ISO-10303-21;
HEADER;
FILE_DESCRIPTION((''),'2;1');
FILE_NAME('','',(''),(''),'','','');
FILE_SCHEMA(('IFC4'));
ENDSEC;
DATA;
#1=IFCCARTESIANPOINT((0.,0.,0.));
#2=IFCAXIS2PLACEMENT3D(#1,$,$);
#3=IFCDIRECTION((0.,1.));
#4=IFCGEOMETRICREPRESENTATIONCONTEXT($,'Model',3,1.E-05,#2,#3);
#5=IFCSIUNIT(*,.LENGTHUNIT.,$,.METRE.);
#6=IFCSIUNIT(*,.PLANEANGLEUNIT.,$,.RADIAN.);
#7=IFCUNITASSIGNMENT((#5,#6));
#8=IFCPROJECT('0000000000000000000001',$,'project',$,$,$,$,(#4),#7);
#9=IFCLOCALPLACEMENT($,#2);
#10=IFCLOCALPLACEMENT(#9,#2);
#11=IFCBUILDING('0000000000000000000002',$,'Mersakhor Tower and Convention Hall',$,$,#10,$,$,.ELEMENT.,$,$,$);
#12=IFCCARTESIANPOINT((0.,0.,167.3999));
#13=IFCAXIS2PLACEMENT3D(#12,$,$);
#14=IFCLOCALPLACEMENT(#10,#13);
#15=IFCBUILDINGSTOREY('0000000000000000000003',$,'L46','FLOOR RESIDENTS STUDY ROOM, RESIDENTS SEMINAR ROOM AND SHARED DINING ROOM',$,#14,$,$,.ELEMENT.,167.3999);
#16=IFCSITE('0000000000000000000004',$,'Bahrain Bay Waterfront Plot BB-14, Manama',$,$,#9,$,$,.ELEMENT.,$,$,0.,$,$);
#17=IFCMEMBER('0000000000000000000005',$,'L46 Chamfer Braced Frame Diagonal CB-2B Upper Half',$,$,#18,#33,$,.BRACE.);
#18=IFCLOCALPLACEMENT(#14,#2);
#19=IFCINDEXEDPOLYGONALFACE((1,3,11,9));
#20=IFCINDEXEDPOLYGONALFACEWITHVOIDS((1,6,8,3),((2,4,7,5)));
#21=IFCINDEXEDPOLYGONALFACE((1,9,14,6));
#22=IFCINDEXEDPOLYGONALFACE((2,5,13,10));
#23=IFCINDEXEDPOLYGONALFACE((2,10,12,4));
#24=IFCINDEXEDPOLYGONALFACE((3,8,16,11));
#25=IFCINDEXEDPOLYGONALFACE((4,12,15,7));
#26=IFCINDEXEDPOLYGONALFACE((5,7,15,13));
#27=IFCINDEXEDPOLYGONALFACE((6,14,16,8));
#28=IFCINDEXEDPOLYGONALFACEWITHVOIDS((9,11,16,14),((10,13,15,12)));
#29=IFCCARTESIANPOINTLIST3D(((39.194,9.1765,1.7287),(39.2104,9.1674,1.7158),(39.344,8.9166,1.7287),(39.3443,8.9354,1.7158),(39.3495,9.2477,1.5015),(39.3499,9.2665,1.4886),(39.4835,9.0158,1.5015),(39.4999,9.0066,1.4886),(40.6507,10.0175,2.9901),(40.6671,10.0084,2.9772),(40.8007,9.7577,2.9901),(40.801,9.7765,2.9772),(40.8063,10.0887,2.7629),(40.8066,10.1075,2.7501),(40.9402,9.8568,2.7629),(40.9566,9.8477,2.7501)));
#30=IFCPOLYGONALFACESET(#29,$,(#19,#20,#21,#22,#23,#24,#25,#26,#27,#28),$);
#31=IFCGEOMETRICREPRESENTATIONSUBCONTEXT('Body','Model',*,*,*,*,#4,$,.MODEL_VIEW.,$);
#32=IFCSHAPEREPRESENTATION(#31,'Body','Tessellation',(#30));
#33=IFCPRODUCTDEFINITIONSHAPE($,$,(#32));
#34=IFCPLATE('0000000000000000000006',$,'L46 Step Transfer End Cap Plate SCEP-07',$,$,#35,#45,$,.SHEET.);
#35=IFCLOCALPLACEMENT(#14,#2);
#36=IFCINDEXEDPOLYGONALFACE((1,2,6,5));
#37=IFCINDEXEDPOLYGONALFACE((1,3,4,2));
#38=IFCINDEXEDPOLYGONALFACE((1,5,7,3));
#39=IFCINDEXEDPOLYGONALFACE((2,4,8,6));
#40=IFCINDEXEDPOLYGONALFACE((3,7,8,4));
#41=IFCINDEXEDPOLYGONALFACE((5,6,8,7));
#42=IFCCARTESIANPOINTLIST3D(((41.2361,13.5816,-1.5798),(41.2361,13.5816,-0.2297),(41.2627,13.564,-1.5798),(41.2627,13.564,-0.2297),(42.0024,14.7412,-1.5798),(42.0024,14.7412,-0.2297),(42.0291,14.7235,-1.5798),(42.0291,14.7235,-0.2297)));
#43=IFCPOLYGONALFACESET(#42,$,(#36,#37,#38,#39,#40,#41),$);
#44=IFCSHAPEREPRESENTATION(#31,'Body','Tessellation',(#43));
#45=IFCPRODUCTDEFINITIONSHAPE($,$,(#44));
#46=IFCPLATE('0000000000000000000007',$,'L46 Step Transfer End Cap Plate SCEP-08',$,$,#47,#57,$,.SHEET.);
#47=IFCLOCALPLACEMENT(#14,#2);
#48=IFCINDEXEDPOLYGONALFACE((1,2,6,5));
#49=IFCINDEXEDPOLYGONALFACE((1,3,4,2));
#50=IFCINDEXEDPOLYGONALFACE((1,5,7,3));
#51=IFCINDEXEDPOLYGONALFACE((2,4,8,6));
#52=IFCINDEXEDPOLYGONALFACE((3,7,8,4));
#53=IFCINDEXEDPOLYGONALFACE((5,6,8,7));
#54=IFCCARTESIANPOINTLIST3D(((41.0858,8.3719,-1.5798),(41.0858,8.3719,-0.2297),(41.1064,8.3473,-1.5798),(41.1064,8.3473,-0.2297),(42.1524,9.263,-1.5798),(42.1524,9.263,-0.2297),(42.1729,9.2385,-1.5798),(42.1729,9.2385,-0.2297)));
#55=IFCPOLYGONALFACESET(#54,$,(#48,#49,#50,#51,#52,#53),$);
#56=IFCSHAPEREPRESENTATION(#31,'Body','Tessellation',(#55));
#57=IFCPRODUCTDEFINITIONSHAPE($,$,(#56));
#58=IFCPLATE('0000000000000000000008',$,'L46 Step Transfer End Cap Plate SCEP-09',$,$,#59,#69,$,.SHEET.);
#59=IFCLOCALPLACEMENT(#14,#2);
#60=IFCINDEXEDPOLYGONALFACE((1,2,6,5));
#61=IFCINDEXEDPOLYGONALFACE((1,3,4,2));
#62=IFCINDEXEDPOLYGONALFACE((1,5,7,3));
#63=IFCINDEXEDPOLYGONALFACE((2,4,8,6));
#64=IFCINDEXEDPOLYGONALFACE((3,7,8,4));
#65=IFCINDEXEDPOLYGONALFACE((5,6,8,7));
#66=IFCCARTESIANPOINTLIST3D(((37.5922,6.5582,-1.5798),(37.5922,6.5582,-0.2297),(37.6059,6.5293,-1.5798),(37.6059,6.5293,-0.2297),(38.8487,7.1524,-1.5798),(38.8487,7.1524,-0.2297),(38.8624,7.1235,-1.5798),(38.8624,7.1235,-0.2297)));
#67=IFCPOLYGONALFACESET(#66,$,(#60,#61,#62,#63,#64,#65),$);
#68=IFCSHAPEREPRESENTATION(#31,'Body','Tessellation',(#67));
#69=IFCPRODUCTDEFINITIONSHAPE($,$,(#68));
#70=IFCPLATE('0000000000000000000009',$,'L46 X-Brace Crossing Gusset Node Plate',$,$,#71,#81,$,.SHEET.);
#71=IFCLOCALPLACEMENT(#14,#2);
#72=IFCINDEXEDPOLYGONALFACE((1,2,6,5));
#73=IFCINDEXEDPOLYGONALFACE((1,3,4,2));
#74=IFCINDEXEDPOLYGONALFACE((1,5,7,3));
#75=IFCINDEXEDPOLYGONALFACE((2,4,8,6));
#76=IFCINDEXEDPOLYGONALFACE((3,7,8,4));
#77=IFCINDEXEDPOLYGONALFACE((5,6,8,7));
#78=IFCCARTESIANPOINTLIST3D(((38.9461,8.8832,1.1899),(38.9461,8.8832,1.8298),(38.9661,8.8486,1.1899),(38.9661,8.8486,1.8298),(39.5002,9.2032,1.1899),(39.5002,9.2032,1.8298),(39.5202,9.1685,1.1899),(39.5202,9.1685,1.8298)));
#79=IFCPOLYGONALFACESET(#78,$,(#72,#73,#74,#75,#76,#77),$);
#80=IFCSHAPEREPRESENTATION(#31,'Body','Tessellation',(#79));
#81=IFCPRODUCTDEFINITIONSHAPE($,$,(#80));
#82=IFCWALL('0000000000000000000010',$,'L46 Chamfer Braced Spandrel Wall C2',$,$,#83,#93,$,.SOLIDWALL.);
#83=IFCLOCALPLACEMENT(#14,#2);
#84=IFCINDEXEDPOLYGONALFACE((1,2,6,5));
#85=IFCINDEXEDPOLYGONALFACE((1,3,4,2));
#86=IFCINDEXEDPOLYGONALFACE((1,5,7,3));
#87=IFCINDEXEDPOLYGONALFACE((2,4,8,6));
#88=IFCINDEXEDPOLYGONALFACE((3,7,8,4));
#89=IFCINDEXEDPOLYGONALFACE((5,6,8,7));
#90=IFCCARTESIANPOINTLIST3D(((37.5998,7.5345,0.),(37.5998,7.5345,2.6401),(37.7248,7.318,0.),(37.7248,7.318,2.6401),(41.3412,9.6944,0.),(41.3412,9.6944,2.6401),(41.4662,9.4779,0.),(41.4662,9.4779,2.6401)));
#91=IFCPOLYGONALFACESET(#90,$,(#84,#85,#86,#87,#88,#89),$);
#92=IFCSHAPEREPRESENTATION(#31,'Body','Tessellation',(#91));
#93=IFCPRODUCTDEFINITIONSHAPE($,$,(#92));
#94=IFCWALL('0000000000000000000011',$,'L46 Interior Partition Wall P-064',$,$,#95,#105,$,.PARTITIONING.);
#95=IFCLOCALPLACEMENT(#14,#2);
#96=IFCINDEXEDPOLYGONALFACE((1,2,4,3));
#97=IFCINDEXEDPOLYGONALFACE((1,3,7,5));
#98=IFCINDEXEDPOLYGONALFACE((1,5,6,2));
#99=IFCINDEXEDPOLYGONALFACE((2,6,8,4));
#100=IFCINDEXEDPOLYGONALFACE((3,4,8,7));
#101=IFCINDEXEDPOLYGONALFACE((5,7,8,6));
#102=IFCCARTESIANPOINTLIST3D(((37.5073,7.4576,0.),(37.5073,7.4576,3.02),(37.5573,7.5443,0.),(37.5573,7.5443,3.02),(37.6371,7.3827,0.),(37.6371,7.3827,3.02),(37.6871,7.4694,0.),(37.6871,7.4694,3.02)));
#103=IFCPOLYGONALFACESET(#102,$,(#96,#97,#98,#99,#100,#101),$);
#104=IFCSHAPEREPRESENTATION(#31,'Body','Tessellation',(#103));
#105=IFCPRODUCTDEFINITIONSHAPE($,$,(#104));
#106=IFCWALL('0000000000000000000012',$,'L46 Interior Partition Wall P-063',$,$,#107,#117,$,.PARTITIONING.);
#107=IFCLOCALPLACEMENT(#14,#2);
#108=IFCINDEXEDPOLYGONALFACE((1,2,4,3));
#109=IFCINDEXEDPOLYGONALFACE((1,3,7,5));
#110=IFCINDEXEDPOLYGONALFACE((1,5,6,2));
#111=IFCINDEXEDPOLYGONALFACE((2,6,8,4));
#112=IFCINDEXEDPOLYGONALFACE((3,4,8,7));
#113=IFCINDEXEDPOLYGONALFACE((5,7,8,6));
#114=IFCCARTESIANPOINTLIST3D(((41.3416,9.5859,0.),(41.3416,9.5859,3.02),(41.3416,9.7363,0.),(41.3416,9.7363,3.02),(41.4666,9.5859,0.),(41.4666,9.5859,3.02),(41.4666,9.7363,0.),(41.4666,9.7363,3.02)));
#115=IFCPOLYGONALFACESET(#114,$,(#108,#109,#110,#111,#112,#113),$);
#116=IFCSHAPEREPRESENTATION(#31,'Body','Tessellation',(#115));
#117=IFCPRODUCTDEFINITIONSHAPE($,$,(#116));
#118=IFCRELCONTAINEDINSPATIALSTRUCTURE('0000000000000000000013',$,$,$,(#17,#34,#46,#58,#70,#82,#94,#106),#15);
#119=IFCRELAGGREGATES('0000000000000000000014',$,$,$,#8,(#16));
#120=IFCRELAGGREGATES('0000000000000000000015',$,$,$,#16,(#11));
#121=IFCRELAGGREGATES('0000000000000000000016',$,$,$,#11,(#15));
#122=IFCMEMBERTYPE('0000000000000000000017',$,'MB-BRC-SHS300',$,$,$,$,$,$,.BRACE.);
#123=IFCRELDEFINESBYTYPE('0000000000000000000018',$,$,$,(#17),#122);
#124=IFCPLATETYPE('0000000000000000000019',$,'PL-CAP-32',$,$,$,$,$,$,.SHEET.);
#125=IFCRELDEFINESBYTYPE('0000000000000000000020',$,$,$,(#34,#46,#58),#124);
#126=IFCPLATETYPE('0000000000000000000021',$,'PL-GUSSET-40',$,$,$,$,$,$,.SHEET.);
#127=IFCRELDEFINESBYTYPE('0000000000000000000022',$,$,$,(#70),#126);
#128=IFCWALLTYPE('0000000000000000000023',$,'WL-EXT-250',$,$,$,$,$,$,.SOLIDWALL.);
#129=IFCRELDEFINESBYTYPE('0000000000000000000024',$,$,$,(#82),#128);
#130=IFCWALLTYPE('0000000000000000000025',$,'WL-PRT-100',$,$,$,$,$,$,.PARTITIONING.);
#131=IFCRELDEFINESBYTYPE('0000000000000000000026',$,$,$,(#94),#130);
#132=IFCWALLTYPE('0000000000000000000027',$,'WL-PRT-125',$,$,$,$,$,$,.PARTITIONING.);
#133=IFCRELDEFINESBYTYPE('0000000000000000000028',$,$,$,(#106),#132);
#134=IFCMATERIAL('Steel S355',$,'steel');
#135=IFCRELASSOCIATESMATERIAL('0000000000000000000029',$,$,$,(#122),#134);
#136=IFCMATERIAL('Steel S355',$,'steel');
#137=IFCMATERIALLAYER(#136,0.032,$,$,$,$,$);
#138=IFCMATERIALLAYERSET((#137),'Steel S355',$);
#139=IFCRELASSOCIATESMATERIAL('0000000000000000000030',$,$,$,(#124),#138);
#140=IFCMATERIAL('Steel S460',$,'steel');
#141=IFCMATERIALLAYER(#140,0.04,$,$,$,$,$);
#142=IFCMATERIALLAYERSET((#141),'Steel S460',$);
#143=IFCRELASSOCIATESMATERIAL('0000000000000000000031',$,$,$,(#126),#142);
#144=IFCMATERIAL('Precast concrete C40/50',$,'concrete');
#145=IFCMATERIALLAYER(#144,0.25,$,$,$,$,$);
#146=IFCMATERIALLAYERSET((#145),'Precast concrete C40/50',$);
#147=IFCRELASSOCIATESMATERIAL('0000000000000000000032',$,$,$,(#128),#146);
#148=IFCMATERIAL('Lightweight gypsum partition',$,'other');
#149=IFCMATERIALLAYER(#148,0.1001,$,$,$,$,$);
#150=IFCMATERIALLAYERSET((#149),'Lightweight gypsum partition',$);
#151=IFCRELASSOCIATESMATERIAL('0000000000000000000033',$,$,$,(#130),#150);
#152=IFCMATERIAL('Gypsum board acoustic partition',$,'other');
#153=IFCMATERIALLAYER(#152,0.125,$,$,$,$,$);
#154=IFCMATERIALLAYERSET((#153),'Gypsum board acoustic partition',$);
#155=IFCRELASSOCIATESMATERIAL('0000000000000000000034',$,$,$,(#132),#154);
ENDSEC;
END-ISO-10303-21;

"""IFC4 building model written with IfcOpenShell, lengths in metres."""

from ifc_helpers import new_model, si_unit, direction, frame, frame_2d, origin, origin_2d, place, context, subcontext, project, spatial, rectangle, hollow_rectangle, extrude, material, layer, layer_set, material_profile, profile_set, type_object, element, save


model = new_model("IFC4")

# Units and contexts
model_context = context("Model", 3, precision=1e-05, world=origin(), true_north=direction((0.0, 1.0)))
body_context = subcontext(model_context, "Body", "Model", "MODEL_VIEW")
ifc_project = project(units=[si_unit("LENGTHUNIT", "METRE"), si_unit("PLANEANGLEUNIT", "RADIAN")], contexts=[model_context])

# Site, building, storey
site_placement = place(None, origin())
site = spatial("IfcSite", under=ifc_project, at=site_placement, Name="Bahrain Bay Waterfront Plot BB-14, Manama", CompositionType="ELEMENT", RefElevation=0.0)
building_placement = place(site_placement, origin())
building = spatial("IfcBuilding", under=site, at=building_placement, Name="Mersakhor Tower and Convention Hall", CompositionType="ELEMENT")
storey_placement = place(building_placement, frame((0.0, 0.0, 167.3999)))
storey = spatial("IfcBuildingStorey", under=building, at=storey_placement, Name="L46", Description="FLOOR RESIDENTS STUDY ROOM, RESIDENTS SEMINAR ROOM AND SHARED DINING ROOM", CompositionType="ELEMENT", Elevation=167.3999)

# Member
ifc_material_1 = material(Name="Steel S355", Category="steel")
ifc_material_profile_1 = material_profile(ifc_material_1, hollow_rectangle(XDim=0.3, YDim=0.3, WallThickness=0.0161, at=origin_2d()), Name="SHS 300x300x16")
ifc_profile_set_1 = profile_set([ifc_material_profile_1], Name="Steel S355")
member_type = type_object("IfcMemberType", Name="MB-BRC-SHS300", PredefinedType="BRACE", material=ifc_profile_set_1)
member_1_placement = place(storey_placement, frame((39.3469, 9.0916, 1.6086), z_axis=(0.69285, 0.400011, 0.599959), x_axis=(-0.499995, 0.866028, 0.0)))
element("IfcMember", 1, at=member_1_placement, inside=storey, type_object=member_type, Name="L46 Chamfer Braced Frame Diagonal CB-2B Upper Half", PredefinedType="BRACE", context=body_context, shape_type="SweptSolid", body=[
    extrude(hollow_rectangle(XDim=0.3, YDim=0.3, WallThickness=0.0161, at=origin_2d()), origin(), (0.0, 0.0, 1.0), 2.1025),
])

# Plates
ifc_material_2 = material(Name="Steel S355", Category="steel")
ifc_layer_1 = layer(ifc_material_2, 0.032)
ifc_layer_set_1 = layer_set([ifc_layer_1], Name="Steel S355")
plate_type_1 = type_object("IfcPlateType", Name="PL-CAP-32", PredefinedType="SHEET", material=ifc_layer_set_1)
for number, where, z_axis, x_axis, name in (
    (2, (41.6326, 14.1526, -1.5798), (0.0, 0.0, 1.0), (-0.834271, 0.551355, 0.0), "L46 Step Transfer End Cap Plate SCEP-07"),
    (3, (41.6294, 8.8052, -1.5798), (0.0, 0.0, 1.0), (-0.641182, 0.767389, 0.0), "L46 Step Transfer End Cap Plate SCEP-08"),
    (4, (38.2273, 6.8408, -1.5798), (0.0, 0.0, 1.0), (-0.427516, 0.904008, 0.0), "L46 Step Transfer End Cap Plate SCEP-09"),
):
    element("IfcPlate", number, at=place(storey_placement, frame(where, z_axis=z_axis, x_axis=x_axis)), inside=storey, type_object=plate_type_1, Name=name, PredefinedType="SHEET", context=body_context, shape_type="SweptSolid", body=[
        extrude(rectangle(XDim=0.032, YDim=1.3899, at=origin_2d()), origin(), (0.0, 0.0, 1.0), 1.3501),
    ])
ifc_material_3 = material(Name="Steel S460", Category="steel")
ifc_layer_2 = layer(ifc_material_3, 0.04)
ifc_layer_set_2 = layer_set([ifc_layer_2], Name="Steel S460")
plate_type_2 = type_object("IfcPlateType", Name="PL-GUSSET-40", PredefinedType="SHEET", material=ifc_layer_set_2)
plate_placement = place(storey_placement, frame((39.2332, 9.0259, 1.1899), z_axis=(0.0, 0.0, 1.0), x_axis=(0.866025, 0.5, 0.0)))
element("IfcPlate", 5, at=plate_placement, inside=storey, type_object=plate_type_2, Name="L46 X-Brace Crossing Gusset Node Plate", PredefinedType="SHEET", context=body_context, shape_type="SweptSolid", body=[
    extrude(rectangle(XDim=0.6399, YDim=0.04, at=origin_2d()), origin(), (0.0, 0.0, 1.0), 0.6399),
])

# Walls
ifc_material_4 = material(Name="Precast concrete C40/50", Category="concrete")
ifc_layer_3 = layer(ifc_material_4, 0.25)
ifc_layer_set_3 = layer_set([ifc_layer_3], Name="Precast concrete C40/50")
wall_type_1 = type_object("IfcWallType", Name="WL-EXT-250", PredefinedType="SOLIDWALL", material=ifc_layer_set_3)
wall_1_placement = place(storey_placement, frame((41.4038, 9.5862, 0.0), z_axis=(0.0, 0.0, 1.0), x_axis=(-0.866047, -0.499962, 0.0)))
element("IfcWall", 6, at=wall_1_placement, inside=storey, type_object=wall_type_1, Name="L46 Chamfer Braced Spandrel Wall C2", PredefinedType="SOLIDWALL", context=body_context, shape_type="SweptSolid", body=[
    extrude(rectangle(XDim=4.3201, YDim=0.25, at=frame_2d((2.1602, 0.0))), origin(), (0.0, 0.0, 1.0), 2.6401),
])
ifc_material_5 = material(Name="Lightweight gypsum partition", Category="other")
ifc_layer_4 = layer(ifc_material_5, 0.1001)
ifc_layer_set_4 = layer_set([ifc_layer_4], Name="Lightweight gypsum partition")
wall_type_2 = type_object("IfcWallType", Name="WL-PRT-100", PredefinedType="PARTITIONING", material=ifc_layer_set_4)
wall_2_placement = place(storey_placement, frame((37.6621, 7.426, 0.0), z_axis=(0.0, 0.0, 1.0), x_axis=(-0.866131, 0.499816, 0.0)))
element("IfcWall", 7, at=wall_2_placement, inside=storey, type_object=wall_type_2, Name="L46 Interior Partition Wall P-064", PredefinedType="PARTITIONING", context=body_context, shape_type="SweptSolid", body=[
    extrude(rectangle(XDim=0.1499, YDim=0.1001, at=frame_2d((0.075, 0.0))), origin(), (0.0, 0.0, 1.0), 3.02),
])
ifc_material_6 = material(Name="Gypsum board acoustic partition", Category="other")
ifc_layer_5 = layer(ifc_material_6, 0.125)
ifc_layer_set_5 = layer_set([ifc_layer_5], Name="Gypsum board acoustic partition")
wall_type_3 = type_object("IfcWallType", Name="WL-PRT-125", PredefinedType="PARTITIONING", material=ifc_layer_set_5)
wall_3_placement = place(storey_placement, frame((41.4041, 9.7363, 0.0), z_axis=(0.0, 0.0, 1.0), x_axis=(0.0, -1.0, 0.0)))
element("IfcWall", 8, at=wall_3_placement, inside=storey, type_object=wall_type_3, Name="L46 Interior Partition Wall P-063", PredefinedType="PARTITIONING", context=body_context, shape_type="SweptSolid", body=[
    extrude(rectangle(XDim=0.1504, YDim=0.125, at=frame_2d((0.0752, 0.0))), origin(), (0.0, 0.0, 1.0), 3.02),
])

save(model, "model.ifc")
